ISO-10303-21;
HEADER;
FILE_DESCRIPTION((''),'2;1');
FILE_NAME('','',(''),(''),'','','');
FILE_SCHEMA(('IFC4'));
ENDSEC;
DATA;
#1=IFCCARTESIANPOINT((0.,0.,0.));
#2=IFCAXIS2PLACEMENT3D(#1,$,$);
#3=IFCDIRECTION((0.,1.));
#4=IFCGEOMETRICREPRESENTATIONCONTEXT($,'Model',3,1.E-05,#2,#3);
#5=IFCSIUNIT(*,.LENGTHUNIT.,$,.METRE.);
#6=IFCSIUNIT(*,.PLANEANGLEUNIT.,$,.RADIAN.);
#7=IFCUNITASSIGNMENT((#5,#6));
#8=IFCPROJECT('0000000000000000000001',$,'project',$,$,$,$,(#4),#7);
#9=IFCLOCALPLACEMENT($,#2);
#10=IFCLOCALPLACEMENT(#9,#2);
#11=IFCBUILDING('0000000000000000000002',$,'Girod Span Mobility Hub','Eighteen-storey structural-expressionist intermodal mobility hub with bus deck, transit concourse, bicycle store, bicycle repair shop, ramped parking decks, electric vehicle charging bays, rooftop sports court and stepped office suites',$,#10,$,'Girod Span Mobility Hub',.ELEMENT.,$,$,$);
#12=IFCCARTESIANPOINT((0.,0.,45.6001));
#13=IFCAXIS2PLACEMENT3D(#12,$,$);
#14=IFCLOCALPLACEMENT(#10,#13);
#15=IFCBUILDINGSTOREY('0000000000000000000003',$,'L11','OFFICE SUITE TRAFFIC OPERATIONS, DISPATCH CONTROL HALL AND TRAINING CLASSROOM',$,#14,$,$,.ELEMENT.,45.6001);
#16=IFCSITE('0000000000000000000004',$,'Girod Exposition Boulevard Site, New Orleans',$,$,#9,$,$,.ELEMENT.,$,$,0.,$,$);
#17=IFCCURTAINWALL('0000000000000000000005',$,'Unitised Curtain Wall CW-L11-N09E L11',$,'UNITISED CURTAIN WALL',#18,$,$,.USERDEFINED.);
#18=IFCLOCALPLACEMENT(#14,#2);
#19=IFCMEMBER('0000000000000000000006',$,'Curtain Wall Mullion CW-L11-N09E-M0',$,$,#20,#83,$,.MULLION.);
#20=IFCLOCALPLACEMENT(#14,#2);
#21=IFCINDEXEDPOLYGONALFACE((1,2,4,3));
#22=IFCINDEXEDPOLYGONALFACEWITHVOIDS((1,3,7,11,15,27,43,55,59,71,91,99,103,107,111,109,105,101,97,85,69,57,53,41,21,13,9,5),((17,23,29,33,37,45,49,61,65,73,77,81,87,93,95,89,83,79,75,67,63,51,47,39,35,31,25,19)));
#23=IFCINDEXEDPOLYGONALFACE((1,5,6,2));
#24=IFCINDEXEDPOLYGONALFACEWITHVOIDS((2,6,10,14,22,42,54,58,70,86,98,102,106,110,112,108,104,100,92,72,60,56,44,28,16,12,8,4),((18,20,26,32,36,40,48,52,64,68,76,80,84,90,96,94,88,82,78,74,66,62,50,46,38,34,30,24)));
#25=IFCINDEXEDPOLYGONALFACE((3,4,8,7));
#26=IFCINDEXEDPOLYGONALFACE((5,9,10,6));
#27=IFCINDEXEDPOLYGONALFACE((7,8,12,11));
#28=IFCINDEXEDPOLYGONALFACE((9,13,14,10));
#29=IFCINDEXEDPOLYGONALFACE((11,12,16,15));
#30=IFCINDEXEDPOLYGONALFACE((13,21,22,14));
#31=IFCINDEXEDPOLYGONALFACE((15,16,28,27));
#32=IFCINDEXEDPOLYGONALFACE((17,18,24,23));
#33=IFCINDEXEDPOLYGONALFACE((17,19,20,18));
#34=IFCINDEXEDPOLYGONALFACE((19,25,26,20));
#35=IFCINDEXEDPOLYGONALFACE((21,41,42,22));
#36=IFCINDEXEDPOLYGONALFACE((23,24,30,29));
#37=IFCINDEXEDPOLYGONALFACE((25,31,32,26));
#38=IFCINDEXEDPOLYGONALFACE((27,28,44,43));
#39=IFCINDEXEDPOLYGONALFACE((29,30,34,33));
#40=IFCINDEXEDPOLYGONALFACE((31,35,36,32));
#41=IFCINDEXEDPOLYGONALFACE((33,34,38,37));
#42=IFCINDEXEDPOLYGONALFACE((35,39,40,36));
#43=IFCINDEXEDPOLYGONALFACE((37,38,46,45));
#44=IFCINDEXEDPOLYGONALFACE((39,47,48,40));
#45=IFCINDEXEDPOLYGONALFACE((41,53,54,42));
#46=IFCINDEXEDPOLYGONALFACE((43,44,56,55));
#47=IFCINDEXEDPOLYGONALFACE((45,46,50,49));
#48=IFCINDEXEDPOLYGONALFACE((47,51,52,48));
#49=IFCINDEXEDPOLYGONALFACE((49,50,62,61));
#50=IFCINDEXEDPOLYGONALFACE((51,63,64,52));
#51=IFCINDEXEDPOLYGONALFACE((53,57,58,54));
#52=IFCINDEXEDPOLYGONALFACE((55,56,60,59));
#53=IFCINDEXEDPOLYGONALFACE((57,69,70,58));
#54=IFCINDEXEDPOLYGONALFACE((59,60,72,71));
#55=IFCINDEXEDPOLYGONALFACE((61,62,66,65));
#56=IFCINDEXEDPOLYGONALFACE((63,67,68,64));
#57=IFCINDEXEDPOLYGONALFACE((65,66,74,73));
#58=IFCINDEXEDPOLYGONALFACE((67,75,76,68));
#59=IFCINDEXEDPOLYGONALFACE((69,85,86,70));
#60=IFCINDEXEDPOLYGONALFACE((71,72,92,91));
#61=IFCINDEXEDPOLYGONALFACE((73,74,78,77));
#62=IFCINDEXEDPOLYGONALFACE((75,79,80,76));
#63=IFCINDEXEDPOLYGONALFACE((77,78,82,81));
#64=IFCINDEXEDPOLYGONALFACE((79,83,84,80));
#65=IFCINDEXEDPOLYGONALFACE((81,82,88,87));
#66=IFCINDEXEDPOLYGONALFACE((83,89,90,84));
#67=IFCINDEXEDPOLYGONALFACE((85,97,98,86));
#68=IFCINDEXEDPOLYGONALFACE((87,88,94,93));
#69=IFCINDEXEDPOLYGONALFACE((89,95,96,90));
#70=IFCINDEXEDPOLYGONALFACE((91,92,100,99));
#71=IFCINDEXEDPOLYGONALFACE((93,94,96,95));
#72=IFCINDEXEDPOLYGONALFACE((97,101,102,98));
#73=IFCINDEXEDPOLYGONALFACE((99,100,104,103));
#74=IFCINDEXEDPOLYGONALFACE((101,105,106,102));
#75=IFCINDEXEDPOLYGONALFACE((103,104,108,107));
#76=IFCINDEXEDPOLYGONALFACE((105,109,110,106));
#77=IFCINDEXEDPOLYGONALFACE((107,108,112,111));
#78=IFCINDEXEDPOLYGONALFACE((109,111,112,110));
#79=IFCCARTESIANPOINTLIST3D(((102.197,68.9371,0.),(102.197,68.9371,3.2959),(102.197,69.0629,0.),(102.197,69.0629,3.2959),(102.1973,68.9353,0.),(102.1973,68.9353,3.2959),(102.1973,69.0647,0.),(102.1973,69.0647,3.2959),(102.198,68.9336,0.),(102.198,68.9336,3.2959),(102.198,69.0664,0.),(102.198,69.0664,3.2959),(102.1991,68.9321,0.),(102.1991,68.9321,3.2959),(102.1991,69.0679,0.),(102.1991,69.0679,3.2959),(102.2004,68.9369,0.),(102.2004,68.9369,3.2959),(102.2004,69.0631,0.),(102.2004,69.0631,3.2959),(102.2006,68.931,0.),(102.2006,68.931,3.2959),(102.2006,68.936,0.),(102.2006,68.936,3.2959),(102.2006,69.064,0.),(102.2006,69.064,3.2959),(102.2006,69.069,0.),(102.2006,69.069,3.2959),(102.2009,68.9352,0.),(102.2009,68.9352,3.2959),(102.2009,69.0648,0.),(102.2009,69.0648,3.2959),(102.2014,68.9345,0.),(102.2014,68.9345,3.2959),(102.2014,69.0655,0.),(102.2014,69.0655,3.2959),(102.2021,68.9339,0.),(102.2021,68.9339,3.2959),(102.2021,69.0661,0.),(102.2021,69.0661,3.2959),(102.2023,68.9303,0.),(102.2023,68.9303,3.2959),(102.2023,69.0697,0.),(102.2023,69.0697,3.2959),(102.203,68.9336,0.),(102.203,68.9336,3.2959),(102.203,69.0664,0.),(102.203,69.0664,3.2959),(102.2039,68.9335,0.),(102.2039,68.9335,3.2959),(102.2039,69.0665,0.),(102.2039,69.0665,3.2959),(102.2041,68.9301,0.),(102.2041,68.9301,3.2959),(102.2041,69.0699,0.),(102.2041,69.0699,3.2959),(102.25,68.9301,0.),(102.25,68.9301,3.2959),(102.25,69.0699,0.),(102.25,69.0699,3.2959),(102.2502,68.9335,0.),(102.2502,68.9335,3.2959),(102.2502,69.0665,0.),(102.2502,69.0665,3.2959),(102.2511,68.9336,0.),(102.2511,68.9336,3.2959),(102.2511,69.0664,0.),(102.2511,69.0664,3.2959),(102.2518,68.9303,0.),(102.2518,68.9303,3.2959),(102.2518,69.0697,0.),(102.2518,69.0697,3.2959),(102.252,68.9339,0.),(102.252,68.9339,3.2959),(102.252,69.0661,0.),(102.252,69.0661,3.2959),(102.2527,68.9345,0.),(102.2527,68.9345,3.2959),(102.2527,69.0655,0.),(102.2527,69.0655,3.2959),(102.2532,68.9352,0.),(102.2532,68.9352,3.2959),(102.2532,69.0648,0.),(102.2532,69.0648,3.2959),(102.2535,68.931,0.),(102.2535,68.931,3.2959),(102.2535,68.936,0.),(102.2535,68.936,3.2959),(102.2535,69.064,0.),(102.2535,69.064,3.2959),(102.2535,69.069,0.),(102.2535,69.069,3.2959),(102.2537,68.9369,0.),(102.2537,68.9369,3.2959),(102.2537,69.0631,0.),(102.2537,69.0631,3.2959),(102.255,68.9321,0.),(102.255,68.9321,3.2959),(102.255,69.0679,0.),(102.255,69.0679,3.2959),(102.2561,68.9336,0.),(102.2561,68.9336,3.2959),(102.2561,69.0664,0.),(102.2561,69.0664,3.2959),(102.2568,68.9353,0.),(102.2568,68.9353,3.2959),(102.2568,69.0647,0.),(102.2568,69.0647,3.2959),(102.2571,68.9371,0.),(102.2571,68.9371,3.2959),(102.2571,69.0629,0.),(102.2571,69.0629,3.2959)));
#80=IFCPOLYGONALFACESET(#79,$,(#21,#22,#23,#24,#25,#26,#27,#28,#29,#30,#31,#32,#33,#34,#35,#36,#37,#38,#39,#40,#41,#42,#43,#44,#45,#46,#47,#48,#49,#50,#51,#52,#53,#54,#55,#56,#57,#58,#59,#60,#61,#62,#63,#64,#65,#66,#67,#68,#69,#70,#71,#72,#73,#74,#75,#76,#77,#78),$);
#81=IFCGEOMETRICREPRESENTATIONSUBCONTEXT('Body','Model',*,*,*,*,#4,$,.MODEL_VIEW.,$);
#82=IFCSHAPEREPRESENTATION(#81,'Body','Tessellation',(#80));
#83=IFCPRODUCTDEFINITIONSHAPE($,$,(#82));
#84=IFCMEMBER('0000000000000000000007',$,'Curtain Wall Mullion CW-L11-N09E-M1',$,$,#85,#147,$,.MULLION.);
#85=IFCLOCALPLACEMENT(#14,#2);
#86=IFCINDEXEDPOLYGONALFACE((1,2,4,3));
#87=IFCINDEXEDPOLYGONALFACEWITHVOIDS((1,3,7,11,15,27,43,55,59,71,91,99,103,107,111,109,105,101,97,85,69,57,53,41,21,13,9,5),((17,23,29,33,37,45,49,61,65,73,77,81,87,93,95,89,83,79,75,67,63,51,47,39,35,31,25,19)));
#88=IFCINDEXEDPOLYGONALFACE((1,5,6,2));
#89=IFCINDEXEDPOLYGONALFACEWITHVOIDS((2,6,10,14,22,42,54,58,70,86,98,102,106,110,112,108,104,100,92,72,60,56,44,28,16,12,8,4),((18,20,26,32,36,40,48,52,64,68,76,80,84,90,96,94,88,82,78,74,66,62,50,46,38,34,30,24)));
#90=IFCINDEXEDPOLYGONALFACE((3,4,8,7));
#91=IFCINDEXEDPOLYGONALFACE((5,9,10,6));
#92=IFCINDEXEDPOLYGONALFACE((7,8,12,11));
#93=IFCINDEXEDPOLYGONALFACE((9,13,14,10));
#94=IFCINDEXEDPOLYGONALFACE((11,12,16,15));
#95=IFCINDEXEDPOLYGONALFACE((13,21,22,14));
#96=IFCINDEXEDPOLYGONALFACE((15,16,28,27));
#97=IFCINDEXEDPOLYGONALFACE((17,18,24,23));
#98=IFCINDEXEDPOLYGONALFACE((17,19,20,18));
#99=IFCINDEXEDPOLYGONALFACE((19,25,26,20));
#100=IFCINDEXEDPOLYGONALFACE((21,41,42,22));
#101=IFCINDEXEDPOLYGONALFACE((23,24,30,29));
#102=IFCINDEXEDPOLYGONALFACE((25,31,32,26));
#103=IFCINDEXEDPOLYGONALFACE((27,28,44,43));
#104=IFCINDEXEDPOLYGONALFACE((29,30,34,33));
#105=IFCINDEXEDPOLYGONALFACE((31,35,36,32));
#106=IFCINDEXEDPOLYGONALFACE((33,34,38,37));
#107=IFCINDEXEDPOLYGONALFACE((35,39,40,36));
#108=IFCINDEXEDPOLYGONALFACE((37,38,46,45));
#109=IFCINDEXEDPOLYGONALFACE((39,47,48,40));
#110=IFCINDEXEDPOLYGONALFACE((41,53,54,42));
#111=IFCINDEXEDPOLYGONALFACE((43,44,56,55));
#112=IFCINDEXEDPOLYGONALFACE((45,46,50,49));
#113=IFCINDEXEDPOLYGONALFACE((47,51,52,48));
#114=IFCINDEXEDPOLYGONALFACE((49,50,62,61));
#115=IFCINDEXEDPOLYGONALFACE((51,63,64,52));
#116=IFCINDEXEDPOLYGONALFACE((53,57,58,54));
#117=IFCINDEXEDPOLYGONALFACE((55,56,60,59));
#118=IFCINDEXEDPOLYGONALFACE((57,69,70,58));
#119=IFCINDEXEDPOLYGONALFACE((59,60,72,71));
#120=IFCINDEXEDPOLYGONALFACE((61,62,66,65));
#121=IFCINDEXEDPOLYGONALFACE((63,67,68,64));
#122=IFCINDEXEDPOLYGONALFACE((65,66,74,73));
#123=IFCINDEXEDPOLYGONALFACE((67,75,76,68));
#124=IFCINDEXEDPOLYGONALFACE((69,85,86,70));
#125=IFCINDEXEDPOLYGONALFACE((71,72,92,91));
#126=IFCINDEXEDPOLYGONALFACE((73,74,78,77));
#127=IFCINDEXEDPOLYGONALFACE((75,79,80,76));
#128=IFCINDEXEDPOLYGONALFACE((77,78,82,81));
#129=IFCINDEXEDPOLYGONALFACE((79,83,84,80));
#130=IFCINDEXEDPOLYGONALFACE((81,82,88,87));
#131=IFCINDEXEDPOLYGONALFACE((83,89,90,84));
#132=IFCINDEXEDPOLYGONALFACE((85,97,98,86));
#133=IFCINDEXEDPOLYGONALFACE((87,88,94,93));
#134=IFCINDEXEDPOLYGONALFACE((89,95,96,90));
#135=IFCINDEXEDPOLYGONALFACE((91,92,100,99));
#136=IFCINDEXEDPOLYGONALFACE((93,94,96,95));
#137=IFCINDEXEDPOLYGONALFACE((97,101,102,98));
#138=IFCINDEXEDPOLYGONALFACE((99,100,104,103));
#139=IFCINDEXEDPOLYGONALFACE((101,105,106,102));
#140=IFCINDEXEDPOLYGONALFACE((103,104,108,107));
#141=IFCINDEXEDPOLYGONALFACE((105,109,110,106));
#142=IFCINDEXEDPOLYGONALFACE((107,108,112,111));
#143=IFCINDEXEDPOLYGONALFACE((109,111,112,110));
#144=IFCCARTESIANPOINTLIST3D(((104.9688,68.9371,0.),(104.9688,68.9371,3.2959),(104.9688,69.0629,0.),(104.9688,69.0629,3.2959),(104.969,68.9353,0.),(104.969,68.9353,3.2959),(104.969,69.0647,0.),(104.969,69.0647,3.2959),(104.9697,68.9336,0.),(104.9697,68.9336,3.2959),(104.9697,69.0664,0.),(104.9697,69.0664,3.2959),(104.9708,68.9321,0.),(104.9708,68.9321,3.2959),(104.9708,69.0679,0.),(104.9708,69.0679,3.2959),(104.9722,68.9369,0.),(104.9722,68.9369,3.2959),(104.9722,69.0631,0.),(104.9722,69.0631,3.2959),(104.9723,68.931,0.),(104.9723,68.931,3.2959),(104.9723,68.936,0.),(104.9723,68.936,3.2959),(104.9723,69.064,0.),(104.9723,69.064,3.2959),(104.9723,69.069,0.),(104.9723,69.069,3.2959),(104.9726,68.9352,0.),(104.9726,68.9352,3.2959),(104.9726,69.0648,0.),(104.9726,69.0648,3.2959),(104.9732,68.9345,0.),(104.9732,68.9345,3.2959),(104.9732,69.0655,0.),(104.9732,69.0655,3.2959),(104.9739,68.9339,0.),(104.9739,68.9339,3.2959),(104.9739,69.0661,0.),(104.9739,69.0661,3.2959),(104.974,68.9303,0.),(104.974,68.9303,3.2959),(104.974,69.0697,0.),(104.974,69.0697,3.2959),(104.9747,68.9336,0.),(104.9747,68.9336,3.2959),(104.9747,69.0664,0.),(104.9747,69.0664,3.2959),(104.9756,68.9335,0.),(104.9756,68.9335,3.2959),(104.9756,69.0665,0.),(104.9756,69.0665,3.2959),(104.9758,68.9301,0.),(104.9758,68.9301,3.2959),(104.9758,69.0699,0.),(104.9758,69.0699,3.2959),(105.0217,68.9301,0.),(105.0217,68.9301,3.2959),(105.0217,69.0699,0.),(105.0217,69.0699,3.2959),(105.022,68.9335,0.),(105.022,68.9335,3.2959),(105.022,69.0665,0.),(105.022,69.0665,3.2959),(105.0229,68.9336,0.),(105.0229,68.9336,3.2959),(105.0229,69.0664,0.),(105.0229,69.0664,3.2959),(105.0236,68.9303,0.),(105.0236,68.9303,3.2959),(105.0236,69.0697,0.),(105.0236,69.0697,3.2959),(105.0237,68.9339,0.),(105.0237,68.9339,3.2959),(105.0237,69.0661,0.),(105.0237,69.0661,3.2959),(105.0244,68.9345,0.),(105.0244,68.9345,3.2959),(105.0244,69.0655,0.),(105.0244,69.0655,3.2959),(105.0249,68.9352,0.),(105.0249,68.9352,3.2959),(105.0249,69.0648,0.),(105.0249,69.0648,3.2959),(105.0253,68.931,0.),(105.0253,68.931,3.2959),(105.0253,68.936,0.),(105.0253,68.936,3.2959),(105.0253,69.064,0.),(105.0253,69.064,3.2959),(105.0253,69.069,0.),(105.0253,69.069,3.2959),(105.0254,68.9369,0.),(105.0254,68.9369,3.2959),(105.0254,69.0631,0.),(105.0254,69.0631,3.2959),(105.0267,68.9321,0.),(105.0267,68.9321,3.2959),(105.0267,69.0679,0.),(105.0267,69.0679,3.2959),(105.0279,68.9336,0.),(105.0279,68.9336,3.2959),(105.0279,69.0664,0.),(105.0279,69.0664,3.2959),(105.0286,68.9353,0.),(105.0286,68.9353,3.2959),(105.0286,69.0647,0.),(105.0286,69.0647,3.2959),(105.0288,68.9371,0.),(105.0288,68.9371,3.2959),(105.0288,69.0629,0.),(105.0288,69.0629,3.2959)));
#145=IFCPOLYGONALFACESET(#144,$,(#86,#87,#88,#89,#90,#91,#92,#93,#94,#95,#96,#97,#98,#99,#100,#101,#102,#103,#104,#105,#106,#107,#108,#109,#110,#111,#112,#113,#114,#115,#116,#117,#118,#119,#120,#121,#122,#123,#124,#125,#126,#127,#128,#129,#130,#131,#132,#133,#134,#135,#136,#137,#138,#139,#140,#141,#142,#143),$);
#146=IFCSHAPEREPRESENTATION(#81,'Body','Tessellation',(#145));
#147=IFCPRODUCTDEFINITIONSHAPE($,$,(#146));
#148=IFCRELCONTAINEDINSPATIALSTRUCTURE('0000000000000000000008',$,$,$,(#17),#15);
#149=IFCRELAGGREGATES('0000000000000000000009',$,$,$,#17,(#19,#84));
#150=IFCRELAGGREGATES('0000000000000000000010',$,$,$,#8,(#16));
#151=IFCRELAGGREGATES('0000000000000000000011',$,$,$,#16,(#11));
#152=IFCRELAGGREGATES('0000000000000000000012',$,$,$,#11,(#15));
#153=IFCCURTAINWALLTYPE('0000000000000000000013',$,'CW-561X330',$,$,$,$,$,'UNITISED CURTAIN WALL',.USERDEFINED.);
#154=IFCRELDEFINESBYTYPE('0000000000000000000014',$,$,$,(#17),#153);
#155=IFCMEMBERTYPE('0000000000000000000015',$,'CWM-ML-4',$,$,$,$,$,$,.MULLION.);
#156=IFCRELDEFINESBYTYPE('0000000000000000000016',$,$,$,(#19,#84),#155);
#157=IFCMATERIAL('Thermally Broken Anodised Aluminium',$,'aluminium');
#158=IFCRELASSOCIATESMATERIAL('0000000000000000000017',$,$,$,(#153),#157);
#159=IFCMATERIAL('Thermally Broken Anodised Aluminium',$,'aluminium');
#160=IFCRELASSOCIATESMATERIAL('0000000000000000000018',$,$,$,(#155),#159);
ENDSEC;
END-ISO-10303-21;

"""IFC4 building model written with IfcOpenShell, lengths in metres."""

from ifc_helpers import new_model, si_unit, direction, frame, origin, origin_2d, place, context, subcontext, project, spatial, hollow_rectangle, extrude, material, material_profile, profile_set, type_object, element, aggregate, save


model = new_model("IFC4")

# Units and contexts
model_context = context("Model", 3, precision=1e-05, world=origin(), true_north=direction((0.0, 1.0)))
body_context = subcontext(model_context, "Body", "Model", "MODEL_VIEW")
ifc_project = project(units=[si_unit("LENGTHUNIT", "METRE"), si_unit("PLANEANGLEUNIT", "RADIAN")], contexts=[model_context])

# Site, building, storey
site_placement = place(None, origin())
site = spatial("IfcSite", under=ifc_project, at=site_placement, Name="Girod Exposition Boulevard Site, New Orleans", CompositionType="ELEMENT", RefElevation=0.0)
building_placement = place(site_placement, origin())
building = spatial("IfcBuilding", under=site, at=building_placement, Name="Girod Span Mobility Hub", Description="Eighteen-storey structural-expressionist intermodal mobility hub with bus deck, transit concourse, bicycle store, bicycle repair shop, ramped parking decks, electric vehicle charging bays, rooftop sports court and stepped office suites", LongName="Girod Span Mobility Hub", CompositionType="ELEMENT")
storey_placement = place(building_placement, frame((0.0, 0.0, 45.6001)))
storey = spatial("IfcBuildingStorey", under=building, at=storey_placement, Name="L11", Description="OFFICE SUITE TRAFFIC OPERATIONS, DISPATCH CONTROL HALL AND TRAINING CLASSROOM", CompositionType="ELEMENT", Elevation=45.6001)

# Curtain wall, members
ifc_material_1 = material(Name="Thermally Broken Anodised Aluminium", Category="aluminium")
curtain_wall_type = type_object("IfcCurtainWallType", Name="CW-561X330", ElementType="UNITISED CURTAIN WALL", PredefinedType="USERDEFINED", material=ifc_material_1)
ifc_material_2 = material(Name="Thermally Broken Anodised Aluminium", Category="aluminium")
ifc_material_profile_1 = material_profile(ifc_material_2, hollow_rectangle(XDim=0.1399, YDim=0.0601, WallThickness=0.0034, InnerFilletRadius=0.0034, OuterFilletRadius=0.0071, at=origin_2d()), Name="CW-ML-60X140")
ifc_profile_set_1 = profile_set([ifc_material_profile_1], Name="Thermally Broken Anodised Aluminium")
member_type_1 = type_object("IfcMemberType", Name="CWM-ML-4", PredefinedType="MULLION", material=ifc_profile_set_1)
curtain_wall_1_placement = place(storey_placement, origin())
curtain_wall_1 = element("IfcCurtainWall", 1, at=curtain_wall_1_placement, inside=storey, type_object=curtain_wall_type, Name="Unitised Curtain Wall CW-L11-N09E L11", ObjectType="UNITISED CURTAIN WALL", PredefinedType="USERDEFINED")
member_1_placement = place(storey_placement, frame((102.2271, 69.0, 0.0), z_axis=(0.0, 0.0, 1.0), x_axis=(0.0, 1.0, 0.0)))
member_1 = element("IfcMember", 2, at=member_1_placement, type_object=member_type_1, Name="Curtain Wall Mullion CW-L11-N09E-M0", PredefinedType="MULLION", context=body_context, shape_type="SweptSolid", body=[
    extrude(hollow_rectangle(XDim=0.1399, YDim=0.0601, WallThickness=0.0034, InnerFilletRadius=0.0034, OuterFilletRadius=0.0071, at=origin_2d()), origin(), (0.0, 0.0, 1.0), 3.2959),
])
member_2_placement = place(storey_placement, frame((104.9988, 69.0, 0.0), z_axis=(0.0, 0.0, 1.0), x_axis=(0.0, 1.0, 0.0)))
member_2 = element("IfcMember", 3, at=member_2_placement, type_object=member_type_1, Name="Curtain Wall Mullion CW-L11-N09E-M1", PredefinedType="MULLION", context=body_context, shape_type="SweptSolid", body=[
    extrude(hollow_rectangle(XDim=0.1399, YDim=0.0601, WallThickness=0.0034, InnerFilletRadius=0.0034, OuterFilletRadius=0.0071, at=origin_2d()), origin(), (0.0, 0.0, 1.0), 3.2959),
])

aggregate(curtain_wall_1, [member_1, member_2])

save(model, "model.ifc")
